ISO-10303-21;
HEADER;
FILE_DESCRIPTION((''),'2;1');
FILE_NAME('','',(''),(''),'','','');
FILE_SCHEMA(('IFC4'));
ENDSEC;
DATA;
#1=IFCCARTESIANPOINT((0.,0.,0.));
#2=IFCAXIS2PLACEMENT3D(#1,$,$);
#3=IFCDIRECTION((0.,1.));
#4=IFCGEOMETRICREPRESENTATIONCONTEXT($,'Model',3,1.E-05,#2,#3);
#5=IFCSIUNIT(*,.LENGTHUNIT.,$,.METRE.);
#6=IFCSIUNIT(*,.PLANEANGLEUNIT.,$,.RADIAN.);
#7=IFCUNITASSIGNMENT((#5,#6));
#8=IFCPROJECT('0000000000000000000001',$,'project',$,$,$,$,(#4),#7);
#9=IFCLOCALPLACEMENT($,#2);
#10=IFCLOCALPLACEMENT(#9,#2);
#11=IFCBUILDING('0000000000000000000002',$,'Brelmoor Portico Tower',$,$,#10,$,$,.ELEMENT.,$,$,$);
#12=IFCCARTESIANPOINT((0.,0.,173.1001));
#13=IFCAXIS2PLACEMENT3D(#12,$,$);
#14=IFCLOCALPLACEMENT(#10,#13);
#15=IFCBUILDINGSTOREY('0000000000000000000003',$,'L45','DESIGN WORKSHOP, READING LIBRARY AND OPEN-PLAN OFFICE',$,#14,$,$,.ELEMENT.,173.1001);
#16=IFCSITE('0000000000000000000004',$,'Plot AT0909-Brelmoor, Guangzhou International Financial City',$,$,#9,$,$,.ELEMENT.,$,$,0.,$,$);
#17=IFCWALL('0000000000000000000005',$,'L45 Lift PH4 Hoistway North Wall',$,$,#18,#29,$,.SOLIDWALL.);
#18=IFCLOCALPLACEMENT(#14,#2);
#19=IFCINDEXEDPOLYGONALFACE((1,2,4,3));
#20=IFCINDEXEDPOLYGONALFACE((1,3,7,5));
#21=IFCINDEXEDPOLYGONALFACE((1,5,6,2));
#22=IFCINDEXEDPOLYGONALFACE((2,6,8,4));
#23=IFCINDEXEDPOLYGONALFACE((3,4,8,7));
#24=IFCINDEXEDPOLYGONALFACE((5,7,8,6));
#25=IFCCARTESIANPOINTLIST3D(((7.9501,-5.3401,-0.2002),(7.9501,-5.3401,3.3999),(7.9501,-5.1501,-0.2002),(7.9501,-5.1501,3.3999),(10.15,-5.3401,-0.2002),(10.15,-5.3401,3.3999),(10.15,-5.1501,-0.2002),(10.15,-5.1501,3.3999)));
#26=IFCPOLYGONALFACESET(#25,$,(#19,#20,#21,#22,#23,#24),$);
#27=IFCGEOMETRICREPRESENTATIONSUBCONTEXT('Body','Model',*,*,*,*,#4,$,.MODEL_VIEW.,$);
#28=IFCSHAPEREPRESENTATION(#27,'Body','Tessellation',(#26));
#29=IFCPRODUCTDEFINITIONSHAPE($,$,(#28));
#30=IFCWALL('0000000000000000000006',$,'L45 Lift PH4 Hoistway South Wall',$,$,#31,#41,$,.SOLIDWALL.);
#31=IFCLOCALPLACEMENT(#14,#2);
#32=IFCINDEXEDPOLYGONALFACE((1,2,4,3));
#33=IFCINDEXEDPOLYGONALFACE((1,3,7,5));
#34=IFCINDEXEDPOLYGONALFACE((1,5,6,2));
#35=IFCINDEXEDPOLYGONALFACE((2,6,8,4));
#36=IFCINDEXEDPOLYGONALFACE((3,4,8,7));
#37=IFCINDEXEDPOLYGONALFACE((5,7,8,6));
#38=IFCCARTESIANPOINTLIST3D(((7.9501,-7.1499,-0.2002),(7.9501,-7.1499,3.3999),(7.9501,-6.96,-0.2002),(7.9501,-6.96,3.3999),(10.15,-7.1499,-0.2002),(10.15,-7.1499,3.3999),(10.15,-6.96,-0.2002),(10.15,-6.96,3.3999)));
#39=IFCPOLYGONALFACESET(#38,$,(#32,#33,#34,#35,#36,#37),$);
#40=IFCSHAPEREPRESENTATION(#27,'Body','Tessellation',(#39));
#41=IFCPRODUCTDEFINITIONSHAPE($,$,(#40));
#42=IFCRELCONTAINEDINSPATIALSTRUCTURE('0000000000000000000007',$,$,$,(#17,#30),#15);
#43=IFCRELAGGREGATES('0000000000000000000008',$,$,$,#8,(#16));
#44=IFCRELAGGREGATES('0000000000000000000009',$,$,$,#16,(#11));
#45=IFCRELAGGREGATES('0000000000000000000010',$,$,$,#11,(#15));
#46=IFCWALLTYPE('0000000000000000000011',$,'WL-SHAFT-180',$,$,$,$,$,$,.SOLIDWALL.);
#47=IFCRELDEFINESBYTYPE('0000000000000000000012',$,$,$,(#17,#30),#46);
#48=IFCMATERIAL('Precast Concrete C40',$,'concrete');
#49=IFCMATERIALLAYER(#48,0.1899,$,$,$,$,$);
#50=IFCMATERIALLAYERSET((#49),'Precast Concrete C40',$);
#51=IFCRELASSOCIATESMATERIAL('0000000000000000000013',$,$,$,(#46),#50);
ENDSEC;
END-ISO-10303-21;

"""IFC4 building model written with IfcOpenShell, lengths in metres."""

from ifc_helpers import new_model, si_unit, direction, frame, frame_2d, origin, place, context, subcontext, project, spatial, rectangle, extrude, material, layer, layer_set, type_object, element, save


model = new_model("IFC4")

# Units and contexts
model_context = context("Model", 3, precision=1e-05, world=origin(), true_north=direction((0.0, 1.0)))
body_context = subcontext(model_context, "Body", "Model", "MODEL_VIEW")
ifc_project = project(units=[si_unit("LENGTHUNIT", "METRE"), si_unit("PLANEANGLEUNIT", "RADIAN")], contexts=[model_context])

# Site, building, storey
site_placement = place(None, origin())
site = spatial("IfcSite", under=ifc_project, at=site_placement, Name="Plot AT0909-Brelmoor, Guangzhou International Financial City", CompositionType="ELEMENT", RefElevation=0.0)
building_placement = place(site_placement, origin())
building = spatial("IfcBuilding", under=site, at=building_placement, Name="Brelmoor Portico Tower", CompositionType="ELEMENT")
storey_placement = place(building_placement, frame((0.0, 0.0, 173.1001)))
storey = spatial("IfcBuildingStorey", under=building, at=storey_placement, Name="L45", Description="DESIGN WORKSHOP, READING LIBRARY AND OPEN-PLAN OFFICE", CompositionType="ELEMENT", Elevation=173.1001)

# Walls
ifc_material_1 = material(Name="Precast Concrete C40", Category="concrete")
ifc_layer_1 = layer(ifc_material_1, 0.1899)
ifc_layer_set_1 = layer_set([ifc_layer_1], Name="Precast Concrete C40")
wall_type_1 = type_object("IfcWallType", Name="WL-SHAFT-180", PredefinedType="SOLIDWALL", material=ifc_layer_set_1)
for number, where, z_axis, x_axis, name in (
    (1, (7.95, -5.2451, -0.2002), (0.0, 0.0, 1.0), (1.0, 0.0, 0.0), "L45 Lift PH4 Hoistway North Wall"),
    (2, (7.95, -7.0549, -0.2002), (0.0, 0.0, 1.0), (1.0, 0.0, 0.0), "L45 Lift PH4 Hoistway South Wall"),
):
    element("IfcWall", number, at=place(storey_placement, frame(where, z_axis=z_axis, x_axis=x_axis)), inside=storey, type_object=wall_type_1, Name=name, PredefinedType="SOLIDWALL", context=body_context, shape_type="SweptSolid", body=[
        extrude(rectangle(XDim=2.2, YDim=0.1899, at=frame_2d((1.1001, 0.0))), origin(), (0.0, 0.0, 1.0), 3.6001),
    ])

save(model, "model.ifc")
